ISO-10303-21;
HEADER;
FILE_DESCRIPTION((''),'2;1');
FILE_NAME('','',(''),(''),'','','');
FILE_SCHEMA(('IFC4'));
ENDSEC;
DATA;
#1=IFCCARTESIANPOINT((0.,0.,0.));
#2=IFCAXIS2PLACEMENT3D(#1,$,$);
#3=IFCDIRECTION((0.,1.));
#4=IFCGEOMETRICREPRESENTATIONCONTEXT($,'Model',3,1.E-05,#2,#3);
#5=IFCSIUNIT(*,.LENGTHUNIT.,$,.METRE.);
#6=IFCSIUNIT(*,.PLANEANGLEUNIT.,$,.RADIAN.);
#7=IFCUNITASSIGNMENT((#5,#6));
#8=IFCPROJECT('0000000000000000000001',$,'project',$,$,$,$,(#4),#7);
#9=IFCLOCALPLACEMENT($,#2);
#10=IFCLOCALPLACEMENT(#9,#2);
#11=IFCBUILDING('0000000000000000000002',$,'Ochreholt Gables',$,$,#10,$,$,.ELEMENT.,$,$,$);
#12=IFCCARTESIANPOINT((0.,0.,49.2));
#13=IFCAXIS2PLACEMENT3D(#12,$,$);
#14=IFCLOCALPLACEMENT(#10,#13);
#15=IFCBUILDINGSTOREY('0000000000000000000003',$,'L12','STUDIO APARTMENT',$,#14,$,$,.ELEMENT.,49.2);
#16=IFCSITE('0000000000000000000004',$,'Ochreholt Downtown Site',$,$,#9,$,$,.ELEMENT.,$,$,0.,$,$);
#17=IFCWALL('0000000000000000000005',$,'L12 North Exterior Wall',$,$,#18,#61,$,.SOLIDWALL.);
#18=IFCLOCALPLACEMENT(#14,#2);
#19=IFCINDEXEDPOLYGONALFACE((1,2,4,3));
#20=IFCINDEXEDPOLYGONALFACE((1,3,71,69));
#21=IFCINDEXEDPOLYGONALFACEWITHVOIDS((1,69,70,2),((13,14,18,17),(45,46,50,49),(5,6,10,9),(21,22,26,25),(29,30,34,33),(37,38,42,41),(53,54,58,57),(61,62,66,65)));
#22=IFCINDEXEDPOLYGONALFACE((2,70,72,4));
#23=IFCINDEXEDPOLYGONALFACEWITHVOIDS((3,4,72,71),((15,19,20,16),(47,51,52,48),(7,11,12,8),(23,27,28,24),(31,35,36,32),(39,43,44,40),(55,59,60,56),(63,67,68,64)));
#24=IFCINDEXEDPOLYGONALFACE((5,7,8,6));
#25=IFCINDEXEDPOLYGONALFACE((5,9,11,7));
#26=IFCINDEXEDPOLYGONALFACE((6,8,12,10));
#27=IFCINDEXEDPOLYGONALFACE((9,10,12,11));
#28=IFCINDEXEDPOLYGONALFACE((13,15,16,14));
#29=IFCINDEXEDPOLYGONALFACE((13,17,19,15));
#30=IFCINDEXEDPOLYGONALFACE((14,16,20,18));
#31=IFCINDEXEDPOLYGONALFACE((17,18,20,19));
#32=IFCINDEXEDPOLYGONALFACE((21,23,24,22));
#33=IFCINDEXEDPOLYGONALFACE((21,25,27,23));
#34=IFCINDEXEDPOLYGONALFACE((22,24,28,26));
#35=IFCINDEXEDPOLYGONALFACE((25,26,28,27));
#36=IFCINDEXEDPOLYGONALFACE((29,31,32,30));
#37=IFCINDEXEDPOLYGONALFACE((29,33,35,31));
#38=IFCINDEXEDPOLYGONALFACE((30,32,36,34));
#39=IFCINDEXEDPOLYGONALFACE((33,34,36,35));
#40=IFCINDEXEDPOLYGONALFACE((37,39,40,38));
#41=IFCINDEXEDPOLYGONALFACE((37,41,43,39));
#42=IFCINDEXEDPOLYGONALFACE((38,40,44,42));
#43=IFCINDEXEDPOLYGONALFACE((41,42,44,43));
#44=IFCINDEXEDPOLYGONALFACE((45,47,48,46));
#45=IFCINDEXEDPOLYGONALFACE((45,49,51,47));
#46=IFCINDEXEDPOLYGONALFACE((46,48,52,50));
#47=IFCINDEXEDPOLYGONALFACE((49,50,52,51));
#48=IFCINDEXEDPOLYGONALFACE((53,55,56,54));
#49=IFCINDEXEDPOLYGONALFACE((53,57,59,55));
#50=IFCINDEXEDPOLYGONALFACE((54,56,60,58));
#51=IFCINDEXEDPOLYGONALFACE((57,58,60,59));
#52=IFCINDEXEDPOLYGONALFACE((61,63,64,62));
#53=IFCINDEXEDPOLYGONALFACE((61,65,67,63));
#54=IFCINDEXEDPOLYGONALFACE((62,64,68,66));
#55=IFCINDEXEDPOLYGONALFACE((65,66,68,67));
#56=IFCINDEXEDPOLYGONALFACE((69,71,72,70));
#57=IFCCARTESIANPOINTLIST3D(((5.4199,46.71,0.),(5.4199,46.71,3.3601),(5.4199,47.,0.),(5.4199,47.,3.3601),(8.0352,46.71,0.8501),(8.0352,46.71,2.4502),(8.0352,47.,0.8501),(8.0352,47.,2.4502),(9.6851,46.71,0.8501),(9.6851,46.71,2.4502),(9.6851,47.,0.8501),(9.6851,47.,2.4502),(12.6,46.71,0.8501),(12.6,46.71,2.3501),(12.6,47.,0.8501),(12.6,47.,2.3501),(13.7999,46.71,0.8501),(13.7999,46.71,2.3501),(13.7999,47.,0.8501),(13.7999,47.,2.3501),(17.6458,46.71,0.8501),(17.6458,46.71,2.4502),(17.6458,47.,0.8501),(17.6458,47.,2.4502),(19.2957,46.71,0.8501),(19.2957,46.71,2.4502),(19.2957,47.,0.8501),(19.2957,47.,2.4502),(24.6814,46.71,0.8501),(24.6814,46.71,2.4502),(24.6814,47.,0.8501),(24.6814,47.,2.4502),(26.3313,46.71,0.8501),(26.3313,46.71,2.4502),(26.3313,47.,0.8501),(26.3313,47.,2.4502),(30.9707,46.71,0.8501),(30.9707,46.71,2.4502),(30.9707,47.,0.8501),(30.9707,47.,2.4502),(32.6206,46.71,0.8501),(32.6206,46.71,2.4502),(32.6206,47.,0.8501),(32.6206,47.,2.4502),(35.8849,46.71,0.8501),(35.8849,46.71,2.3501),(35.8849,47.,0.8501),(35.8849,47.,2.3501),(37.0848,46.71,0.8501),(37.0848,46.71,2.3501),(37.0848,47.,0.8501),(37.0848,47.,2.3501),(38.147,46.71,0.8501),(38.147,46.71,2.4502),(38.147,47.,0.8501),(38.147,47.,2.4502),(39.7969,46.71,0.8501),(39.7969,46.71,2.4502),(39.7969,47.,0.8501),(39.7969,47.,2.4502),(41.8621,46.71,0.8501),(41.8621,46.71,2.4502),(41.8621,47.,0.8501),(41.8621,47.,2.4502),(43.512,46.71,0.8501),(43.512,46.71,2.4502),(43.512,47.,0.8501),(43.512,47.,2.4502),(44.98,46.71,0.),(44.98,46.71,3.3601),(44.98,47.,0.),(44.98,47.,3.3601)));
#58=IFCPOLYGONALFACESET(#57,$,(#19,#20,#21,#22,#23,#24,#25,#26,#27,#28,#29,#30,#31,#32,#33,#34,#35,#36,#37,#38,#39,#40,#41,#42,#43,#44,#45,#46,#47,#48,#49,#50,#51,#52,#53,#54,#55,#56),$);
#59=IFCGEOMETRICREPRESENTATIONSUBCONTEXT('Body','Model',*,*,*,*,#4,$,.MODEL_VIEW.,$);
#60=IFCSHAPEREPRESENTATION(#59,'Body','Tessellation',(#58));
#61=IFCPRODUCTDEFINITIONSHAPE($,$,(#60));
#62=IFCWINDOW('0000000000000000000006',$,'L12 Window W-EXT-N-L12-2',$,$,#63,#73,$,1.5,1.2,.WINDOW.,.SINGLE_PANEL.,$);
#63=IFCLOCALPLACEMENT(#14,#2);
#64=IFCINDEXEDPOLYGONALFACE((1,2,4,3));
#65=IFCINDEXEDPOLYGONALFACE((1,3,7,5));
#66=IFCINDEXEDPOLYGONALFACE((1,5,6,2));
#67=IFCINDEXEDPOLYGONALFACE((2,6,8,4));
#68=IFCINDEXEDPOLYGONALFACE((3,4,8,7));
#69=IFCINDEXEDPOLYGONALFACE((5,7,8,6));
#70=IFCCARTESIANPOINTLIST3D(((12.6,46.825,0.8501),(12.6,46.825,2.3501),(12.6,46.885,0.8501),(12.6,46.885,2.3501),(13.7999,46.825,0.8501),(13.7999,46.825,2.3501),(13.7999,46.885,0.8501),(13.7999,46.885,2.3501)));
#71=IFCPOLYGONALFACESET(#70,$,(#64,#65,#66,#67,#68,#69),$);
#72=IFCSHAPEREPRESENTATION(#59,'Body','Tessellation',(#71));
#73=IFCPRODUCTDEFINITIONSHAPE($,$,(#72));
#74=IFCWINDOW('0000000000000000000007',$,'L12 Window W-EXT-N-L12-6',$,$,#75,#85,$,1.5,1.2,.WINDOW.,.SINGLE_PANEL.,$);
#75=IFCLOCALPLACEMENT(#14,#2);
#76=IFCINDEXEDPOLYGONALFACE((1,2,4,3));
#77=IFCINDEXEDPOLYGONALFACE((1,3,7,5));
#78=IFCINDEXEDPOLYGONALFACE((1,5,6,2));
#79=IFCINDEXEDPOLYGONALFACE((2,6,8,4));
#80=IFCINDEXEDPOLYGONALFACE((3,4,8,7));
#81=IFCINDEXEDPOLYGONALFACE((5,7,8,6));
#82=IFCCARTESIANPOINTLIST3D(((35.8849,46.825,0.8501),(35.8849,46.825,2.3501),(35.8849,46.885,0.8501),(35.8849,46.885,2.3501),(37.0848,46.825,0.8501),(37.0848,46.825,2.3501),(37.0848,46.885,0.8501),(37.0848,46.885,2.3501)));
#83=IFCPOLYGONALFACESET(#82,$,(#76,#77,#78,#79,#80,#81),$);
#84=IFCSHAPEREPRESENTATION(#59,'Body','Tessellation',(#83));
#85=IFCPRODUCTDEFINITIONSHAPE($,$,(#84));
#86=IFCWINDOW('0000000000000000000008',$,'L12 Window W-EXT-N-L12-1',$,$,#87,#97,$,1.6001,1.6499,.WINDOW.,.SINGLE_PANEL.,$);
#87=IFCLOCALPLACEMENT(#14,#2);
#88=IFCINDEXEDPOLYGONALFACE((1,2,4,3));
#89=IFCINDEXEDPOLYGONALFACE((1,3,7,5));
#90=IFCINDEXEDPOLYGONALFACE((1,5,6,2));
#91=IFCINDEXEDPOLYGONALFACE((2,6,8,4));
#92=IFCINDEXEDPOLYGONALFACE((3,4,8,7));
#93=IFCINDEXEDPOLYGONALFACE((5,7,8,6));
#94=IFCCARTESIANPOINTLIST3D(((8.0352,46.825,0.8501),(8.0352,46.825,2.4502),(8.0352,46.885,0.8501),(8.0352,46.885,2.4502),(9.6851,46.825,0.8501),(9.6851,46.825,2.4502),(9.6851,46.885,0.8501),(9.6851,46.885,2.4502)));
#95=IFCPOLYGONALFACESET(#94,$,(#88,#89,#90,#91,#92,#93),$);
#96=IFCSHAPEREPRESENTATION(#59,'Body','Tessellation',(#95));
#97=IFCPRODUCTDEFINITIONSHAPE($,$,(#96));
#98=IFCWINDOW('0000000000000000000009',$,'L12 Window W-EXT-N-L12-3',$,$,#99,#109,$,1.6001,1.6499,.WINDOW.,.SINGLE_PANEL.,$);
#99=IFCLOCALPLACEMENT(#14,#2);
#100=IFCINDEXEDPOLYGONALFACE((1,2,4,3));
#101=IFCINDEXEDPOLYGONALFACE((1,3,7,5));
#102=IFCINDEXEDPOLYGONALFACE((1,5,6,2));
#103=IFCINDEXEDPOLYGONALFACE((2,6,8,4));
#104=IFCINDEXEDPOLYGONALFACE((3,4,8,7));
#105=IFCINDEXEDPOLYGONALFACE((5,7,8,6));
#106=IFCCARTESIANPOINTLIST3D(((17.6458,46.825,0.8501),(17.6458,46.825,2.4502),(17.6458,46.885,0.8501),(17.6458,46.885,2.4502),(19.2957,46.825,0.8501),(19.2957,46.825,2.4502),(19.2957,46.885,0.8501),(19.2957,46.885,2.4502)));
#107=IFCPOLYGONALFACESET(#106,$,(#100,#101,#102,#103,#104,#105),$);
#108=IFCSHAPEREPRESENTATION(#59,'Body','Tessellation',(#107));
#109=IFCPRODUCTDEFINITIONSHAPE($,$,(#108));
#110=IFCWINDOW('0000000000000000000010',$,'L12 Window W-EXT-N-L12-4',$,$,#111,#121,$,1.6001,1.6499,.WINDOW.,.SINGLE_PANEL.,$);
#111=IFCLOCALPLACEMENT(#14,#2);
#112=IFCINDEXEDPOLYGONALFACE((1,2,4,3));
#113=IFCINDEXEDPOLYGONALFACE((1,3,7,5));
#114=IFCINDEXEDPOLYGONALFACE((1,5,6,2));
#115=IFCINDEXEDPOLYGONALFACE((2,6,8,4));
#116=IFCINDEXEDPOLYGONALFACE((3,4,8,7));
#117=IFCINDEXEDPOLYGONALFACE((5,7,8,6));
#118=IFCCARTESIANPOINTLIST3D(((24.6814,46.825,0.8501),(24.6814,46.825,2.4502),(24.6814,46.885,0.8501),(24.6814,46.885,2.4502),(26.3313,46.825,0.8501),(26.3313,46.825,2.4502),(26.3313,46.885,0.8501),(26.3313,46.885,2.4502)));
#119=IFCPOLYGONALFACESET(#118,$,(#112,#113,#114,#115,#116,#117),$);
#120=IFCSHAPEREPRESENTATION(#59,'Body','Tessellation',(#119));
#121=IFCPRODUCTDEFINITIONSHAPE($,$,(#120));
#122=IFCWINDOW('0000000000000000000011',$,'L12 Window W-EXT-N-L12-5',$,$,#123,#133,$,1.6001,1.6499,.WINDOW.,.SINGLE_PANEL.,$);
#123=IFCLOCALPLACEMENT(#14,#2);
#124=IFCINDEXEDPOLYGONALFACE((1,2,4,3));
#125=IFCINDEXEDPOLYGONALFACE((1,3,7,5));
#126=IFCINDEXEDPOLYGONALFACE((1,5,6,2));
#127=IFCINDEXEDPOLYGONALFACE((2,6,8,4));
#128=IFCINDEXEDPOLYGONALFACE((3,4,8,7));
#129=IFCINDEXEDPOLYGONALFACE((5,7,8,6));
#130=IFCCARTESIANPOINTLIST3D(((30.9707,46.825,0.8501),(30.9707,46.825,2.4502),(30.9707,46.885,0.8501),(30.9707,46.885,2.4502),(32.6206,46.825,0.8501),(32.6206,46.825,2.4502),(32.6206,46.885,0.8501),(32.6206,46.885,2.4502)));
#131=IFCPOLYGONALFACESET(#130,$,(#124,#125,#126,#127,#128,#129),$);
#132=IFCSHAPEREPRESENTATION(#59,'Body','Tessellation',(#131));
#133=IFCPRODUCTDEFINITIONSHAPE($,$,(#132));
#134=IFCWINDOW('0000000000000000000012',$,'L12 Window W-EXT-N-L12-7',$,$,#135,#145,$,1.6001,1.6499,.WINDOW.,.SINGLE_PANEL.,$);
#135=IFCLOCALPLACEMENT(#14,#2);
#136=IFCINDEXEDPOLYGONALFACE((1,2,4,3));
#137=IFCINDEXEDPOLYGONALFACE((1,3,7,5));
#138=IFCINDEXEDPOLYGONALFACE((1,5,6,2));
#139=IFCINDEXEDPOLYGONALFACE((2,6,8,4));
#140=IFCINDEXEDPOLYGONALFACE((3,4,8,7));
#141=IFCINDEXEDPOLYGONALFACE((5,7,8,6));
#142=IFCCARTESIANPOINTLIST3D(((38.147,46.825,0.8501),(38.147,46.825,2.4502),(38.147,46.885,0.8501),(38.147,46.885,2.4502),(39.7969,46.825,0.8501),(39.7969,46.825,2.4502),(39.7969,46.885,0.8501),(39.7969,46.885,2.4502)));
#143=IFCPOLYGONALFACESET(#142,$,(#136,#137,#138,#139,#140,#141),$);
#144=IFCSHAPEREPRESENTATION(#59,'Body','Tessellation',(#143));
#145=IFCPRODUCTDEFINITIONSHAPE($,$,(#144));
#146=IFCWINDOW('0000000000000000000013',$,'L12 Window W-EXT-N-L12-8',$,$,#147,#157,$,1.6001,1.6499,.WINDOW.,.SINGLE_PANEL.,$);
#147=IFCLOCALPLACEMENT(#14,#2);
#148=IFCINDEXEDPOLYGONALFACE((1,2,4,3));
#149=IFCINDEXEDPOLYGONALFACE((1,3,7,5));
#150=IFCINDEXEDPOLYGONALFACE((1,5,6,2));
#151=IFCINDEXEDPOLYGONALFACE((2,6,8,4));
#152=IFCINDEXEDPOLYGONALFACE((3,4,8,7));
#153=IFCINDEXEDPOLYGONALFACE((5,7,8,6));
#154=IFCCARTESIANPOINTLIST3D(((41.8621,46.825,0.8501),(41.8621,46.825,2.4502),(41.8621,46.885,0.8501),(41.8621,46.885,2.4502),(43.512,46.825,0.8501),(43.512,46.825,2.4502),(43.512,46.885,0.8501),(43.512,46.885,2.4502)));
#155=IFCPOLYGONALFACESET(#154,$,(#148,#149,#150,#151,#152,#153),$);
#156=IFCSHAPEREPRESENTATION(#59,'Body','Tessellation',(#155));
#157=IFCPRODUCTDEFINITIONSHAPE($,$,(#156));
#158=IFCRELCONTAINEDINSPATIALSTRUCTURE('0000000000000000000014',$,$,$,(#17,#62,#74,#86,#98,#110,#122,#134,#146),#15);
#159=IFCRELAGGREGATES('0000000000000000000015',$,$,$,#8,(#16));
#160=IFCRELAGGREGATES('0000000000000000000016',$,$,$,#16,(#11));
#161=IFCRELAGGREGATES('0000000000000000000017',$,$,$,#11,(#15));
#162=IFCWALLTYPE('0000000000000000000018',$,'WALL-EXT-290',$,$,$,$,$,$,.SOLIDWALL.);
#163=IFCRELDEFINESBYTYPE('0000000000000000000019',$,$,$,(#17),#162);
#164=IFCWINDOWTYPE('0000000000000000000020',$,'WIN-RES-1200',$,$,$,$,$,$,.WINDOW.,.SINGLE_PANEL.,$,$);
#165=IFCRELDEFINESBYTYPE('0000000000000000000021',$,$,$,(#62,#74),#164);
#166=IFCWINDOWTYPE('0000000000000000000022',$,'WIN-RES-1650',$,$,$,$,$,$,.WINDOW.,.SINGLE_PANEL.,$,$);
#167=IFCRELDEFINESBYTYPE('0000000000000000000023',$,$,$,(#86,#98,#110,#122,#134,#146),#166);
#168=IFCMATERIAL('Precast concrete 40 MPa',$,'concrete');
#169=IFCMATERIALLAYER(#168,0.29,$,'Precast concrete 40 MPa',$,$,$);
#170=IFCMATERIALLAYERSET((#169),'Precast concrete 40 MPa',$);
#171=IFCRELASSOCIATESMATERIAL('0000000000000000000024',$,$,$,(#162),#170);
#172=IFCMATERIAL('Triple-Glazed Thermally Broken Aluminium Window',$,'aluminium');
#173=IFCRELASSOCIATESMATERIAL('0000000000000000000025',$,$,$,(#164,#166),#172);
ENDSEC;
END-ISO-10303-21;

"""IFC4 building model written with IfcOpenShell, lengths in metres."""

from ifc_helpers import new_model, si_unit, direction, frame, frame_2d, origin, place, context, subcontext, project, spatial, rectangle, extrude, material, layer, layer_set, type_object, element, fill, save


model = new_model("IFC4")

# Units and contexts
model_context = context("Model", 3, precision=1e-05, world=origin(), true_north=direction((0.0, 1.0)))
body_context = subcontext(model_context, "Body", "Model", "MODEL_VIEW")
ifc_project = project(units=[si_unit("LENGTHUNIT", "METRE"), si_unit("PLANEANGLEUNIT", "RADIAN")], contexts=[model_context])

# Site, building, storey
site_placement = place(None, origin())
site = spatial("IfcSite", under=ifc_project, at=site_placement, Name="Ochreholt Downtown Site", CompositionType="ELEMENT", RefElevation=0.0)
building_placement = place(site_placement, origin())
building = spatial("IfcBuilding", under=site, at=building_placement, Name="Ochreholt Gables", CompositionType="ELEMENT")
storey_placement = place(building_placement, frame((0.0, 0.0, 49.2)))
storey = spatial("IfcBuildingStorey", under=building, at=storey_placement, Name="L12", Description="STUDIO APARTMENT", CompositionType="ELEMENT", Elevation=49.2)

# Wall, openings, windows
ifc_material_1 = material(Name="Precast concrete 40 MPa", Category="concrete")
ifc_layer_1 = layer(ifc_material_1, 0.29, Name="Precast concrete 40 MPa")
ifc_layer_set_1 = layer_set([ifc_layer_1], Name="Precast concrete 40 MPa")
wall_type_1 = type_object("IfcWallType", Name="WALL-EXT-290", PredefinedType="SOLIDWALL", material=ifc_layer_set_1)
wall_1_placement = place(storey_placement, frame((44.98, 46.855, 0.0), z_axis=(0.0, 0.0, 1.0), x_axis=(-1.0, 0.0, 0.0)))
wall_1 = element("IfcWall", 1, at=wall_1_placement, inside=storey, type_object=wall_type_1, Name="L12 North Exterior Wall", PredefinedType="SOLIDWALL", context=body_context, shape_type="SweptSolid", body=[
    extrude(rectangle(XDim=39.5601, YDim=0.29, at=frame_2d((19.78, 0.0))), origin(), (0.0, 0.0, 1.0), 3.3601),
])
opening_1_placement = place(wall_1_placement, frame((35.2949, 0.0, 0.8501)))
opening_1 = element("IfcOpeningElement", 2, at=opening_1_placement, cuts=wall_1, PredefinedType="OPENING", context=body_context, shape_type="SweptSolid", body=[
    extrude(rectangle(XDim=1.6499, YDim=1.6001, at=frame_2d((0.825, 0.8))), frame((0.0, 0.155, 0.0), z_axis=(0.0, -1.0, 0.0), x_axis=(1.0, 0.0, 0.0)), (0.0, 0.0, 1.0), 0.3101),
])
opening_2_placement = place(wall_1_placement, frame((31.1799, 0.0, 0.8501)))
opening_2 = element("IfcOpeningElement", 3, at=opening_2_placement, cuts=wall_1, PredefinedType="OPENING", context=body_context, shape_type="SweptSolid", body=[
    extrude(rectangle(XDim=1.2, YDim=1.5, at=frame_2d((0.6001, 0.75))), frame((0.0, 0.155, 0.0), z_axis=(0.0, -1.0, 0.0), x_axis=(1.0, 0.0, 0.0)), (0.0, 0.0, 1.0), 0.3101),
])
opening_3_placement = place(wall_1_placement, frame((25.6843, 0.0, 0.8501)))
opening_3 = element("IfcOpeningElement", 4, at=opening_3_placement, cuts=wall_1, PredefinedType="OPENING", context=body_context, shape_type="SweptSolid", body=[
    extrude(rectangle(XDim=1.6499, YDim=1.6001, at=frame_2d((0.825, 0.8))), frame((0.0, 0.155, 0.0), z_axis=(0.0, -1.0, 0.0), x_axis=(1.0, 0.0, 0.0)), (0.0, 0.0, 1.0), 0.3101),
])
opening_4_placement = place(wall_1_placement, frame((18.6487, 0.0, 0.8501)))
opening_4 = element("IfcOpeningElement", 5, at=opening_4_placement, cuts=wall_1, PredefinedType="OPENING", context=body_context, shape_type="SweptSolid", body=[
    extrude(rectangle(XDim=1.6499, YDim=1.6001, at=frame_2d((0.825, 0.8))), frame((0.0, 0.155, 0.0), z_axis=(0.0, -1.0, 0.0), x_axis=(1.0, 0.0, 0.0)), (0.0, 0.0, 1.0), 0.3101),
])
opening_5_placement = place(wall_1_placement, frame((12.3594, 0.0, 0.8501)))
opening_5 = element("IfcOpeningElement", 6, at=opening_5_placement, cuts=wall_1, PredefinedType="OPENING", context=body_context, shape_type="SweptSolid", body=[
    extrude(rectangle(XDim=1.6499, YDim=1.6001, at=frame_2d((0.825, 0.8))), frame((0.0, 0.155, 0.0), z_axis=(0.0, -1.0, 0.0), x_axis=(1.0, 0.0, 0.0)), (0.0, 0.0, 1.0), 0.3101),
])
opening_6_placement = place(wall_1_placement, frame((7.895, 0.0, 0.8501)))
opening_6 = element("IfcOpeningElement", 7, at=opening_6_placement, cuts=wall_1, PredefinedType="OPENING", context=body_context, shape_type="SweptSolid", body=[
    extrude(rectangle(XDim=1.2, YDim=1.5, at=frame_2d((0.6001, 0.75))), frame((0.0, 0.155, 0.0), z_axis=(0.0, -1.0, 0.0), x_axis=(1.0, 0.0, 0.0)), (0.0, 0.0, 1.0), 0.3101),
])
opening_7_placement = place(wall_1_placement, frame((5.1831, 0.0, 0.8501)))
opening_7 = element("IfcOpeningElement", 8, at=opening_7_placement, cuts=wall_1, PredefinedType="OPENING", context=body_context, shape_type="SweptSolid", body=[
    extrude(rectangle(XDim=1.6499, YDim=1.6001, at=frame_2d((0.825, 0.8))), frame((0.0, 0.155, 0.0), z_axis=(0.0, -1.0, 0.0), x_axis=(1.0, 0.0, 0.0)), (0.0, 0.0, 1.0), 0.3101),
])
opening_8_placement = place(wall_1_placement, frame((1.468, 0.0, 0.8501)))
opening_8 = element("IfcOpeningElement", 9, at=opening_8_placement, cuts=wall_1, PredefinedType="OPENING", context=body_context, shape_type="SweptSolid", body=[
    extrude(rectangle(XDim=1.6499, YDim=1.6001, at=frame_2d((0.825, 0.8))), frame((0.0, 0.155, 0.0), z_axis=(0.0, -1.0, 0.0), x_axis=(1.0, 0.0, 0.0)), (0.0, 0.0, 1.0), 0.3101),
])
ifc_material_2 = material(Name="Triple-Glazed Thermally Broken Aluminium Window", Category="aluminium")
window_type_1 = type_object("IfcWindowType", Name="WIN-RES-1200", PartitioningType="SINGLE_PANEL", PredefinedType="WINDOW", material=ifc_material_2)
window_1_placement = place(opening_2_placement, origin())
window_1 = element("IfcWindow", 10, at=window_1_placement, inside=storey, type_object=window_type_1, Name="L12 Window W-EXT-N-L12-2", OverallHeight=1.5, OverallWidth=1.2, PartitioningType="SINGLE_PANEL", PredefinedType="WINDOW", context=body_context, shape_type="SweptSolid", body=[
    extrude(rectangle(XDim=1.2, YDim=1.5, at=frame_2d((0.6001, 0.75))), frame((0.0, 0.03, 0.0), z_axis=(0.0, -1.0, 0.0), x_axis=(1.0, 0.0, 0.0)), (0.0, 0.0, 1.0), 0.0601),
])
fill(opening_2, window_1)
window_2_placement = place(opening_6_placement, origin())
window_2 = element("IfcWindow", 11, at=window_2_placement, inside=storey, type_object=window_type_1, Name="L12 Window W-EXT-N-L12-6", OverallHeight=1.5, OverallWidth=1.2, PartitioningType="SINGLE_PANEL", PredefinedType="WINDOW", context=body_context, shape_type="SweptSolid", body=[
    extrude(rectangle(XDim=1.2, YDim=1.5, at=frame_2d((0.6001, 0.75))), frame((0.0, 0.03, 0.0), z_axis=(0.0, -1.0, 0.0), x_axis=(1.0, 0.0, 0.0)), (0.0, 0.0, 1.0), 0.0601),
])
fill(opening_6, window_2)
window_type_2 = type_object("IfcWindowType", Name="WIN-RES-1650", PartitioningType="SINGLE_PANEL", PredefinedType="WINDOW", material=ifc_material_2)
window_3_placement = place(opening_1_placement, origin())
window_3 = element("IfcWindow", 12, at=window_3_placement, inside=storey, type_object=window_type_2, Name="L12 Window W-EXT-N-L12-1", OverallHeight=1.6001, OverallWidth=1.6499, PartitioningType="SINGLE_PANEL", PredefinedType="WINDOW", context=body_context, shape_type="SweptSolid", body=[
    extrude(rectangle(XDim=1.6499, YDim=1.6001, at=frame_2d((0.825, 0.8))), frame((0.0, 0.03, 0.0), z_axis=(0.0, -1.0, 0.0), x_axis=(1.0, 0.0, 0.0)), (0.0, 0.0, 1.0), 0.0601),
])
fill(opening_1, window_3)
window_4_placement = place(opening_3_placement, origin())
window_4 = element("IfcWindow", 13, at=window_4_placement, inside=storey, type_object=window_type_2, Name="L12 Window W-EXT-N-L12-3", OverallHeight=1.6001, OverallWidth=1.6499, PartitioningType="SINGLE_PANEL", PredefinedType="WINDOW", context=body_context, shape_type="SweptSolid", body=[
    extrude(rectangle(XDim=1.6499, YDim=1.6001, at=frame_2d((0.825, 0.8))), frame((0.0, 0.03, 0.0), z_axis=(0.0, -1.0, 0.0), x_axis=(1.0, 0.0, 0.0)), (0.0, 0.0, 1.0), 0.0601),
])
fill(opening_3, window_4)
window_5_placement = place(opening_4_placement, origin())
window_5 = element("IfcWindow", 14, at=window_5_placement, inside=storey, type_object=window_type_2, Name="L12 Window W-EXT-N-L12-4", OverallHeight=1.6001, OverallWidth=1.6499, PartitioningType="SINGLE_PANEL", PredefinedType="WINDOW", context=body_context, shape_type="SweptSolid", body=[
    extrude(rectangle(XDim=1.6499, YDim=1.6001, at=frame_2d((0.825, 0.8))), frame((0.0, 0.03, 0.0), z_axis=(0.0, -1.0, 0.0), x_axis=(1.0, 0.0, 0.0)), (0.0, 0.0, 1.0), 0.0601),
])
fill(opening_4, window_5)
window_6_placement = place(opening_5_placement, origin())
window_6 = element("IfcWindow", 15, at=window_6_placement, inside=storey, type_object=window_type_2, Name="L12 Window W-EXT-N-L12-5", OverallHeight=1.6001, OverallWidth=1.6499, PartitioningType="SINGLE_PANEL", PredefinedType="WINDOW", context=body_context, shape_type="SweptSolid", body=[
    extrude(rectangle(XDim=1.6499, YDim=1.6001, at=frame_2d((0.825, 0.8))), frame((0.0, 0.03, 0.0), z_axis=(0.0, -1.0, 0.0), x_axis=(1.0, 0.0, 0.0)), (0.0, 0.0, 1.0), 0.0601),
])
fill(opening_5, window_6)
window_7_placement = place(opening_7_placement, origin())
window_7 = element("IfcWindow", 16, at=window_7_placement, inside=storey, type_object=window_type_2, Name="L12 Window W-EXT-N-L12-7", OverallHeight=1.6001, OverallWidth=1.6499, PartitioningType="SINGLE_PANEL", PredefinedType="WINDOW", context=body_context, shape_type="SweptSolid", body=[
    extrude(rectangle(XDim=1.6499, YDim=1.6001, at=frame_2d((0.825, 0.8))), frame((0.0, 0.03, 0.0), z_axis=(0.0, -1.0, 0.0), x_axis=(1.0, 0.0, 0.0)), (0.0, 0.0, 1.0), 0.0601),
])
fill(opening_7, window_7)
window_8_placement = place(opening_8_placement, origin())
window_8 = element("IfcWindow", 17, at=window_8_placement, inside=storey, type_object=window_type_2, Name="L12 Window W-EXT-N-L12-8", OverallHeight=1.6001, OverallWidth=1.6499, PartitioningType="SINGLE_PANEL", PredefinedType="WINDOW", context=body_context, shape_type="SweptSolid", body=[
    extrude(rectangle(XDim=1.6499, YDim=1.6001, at=frame_2d((0.825, 0.8))), frame((0.0, 0.03, 0.0), z_axis=(0.0, -1.0, 0.0), x_axis=(1.0, 0.0, 0.0)), (0.0, 0.0, 1.0), 0.0601),
])
fill(opening_8, window_8)

save(model, "model.ifc")
